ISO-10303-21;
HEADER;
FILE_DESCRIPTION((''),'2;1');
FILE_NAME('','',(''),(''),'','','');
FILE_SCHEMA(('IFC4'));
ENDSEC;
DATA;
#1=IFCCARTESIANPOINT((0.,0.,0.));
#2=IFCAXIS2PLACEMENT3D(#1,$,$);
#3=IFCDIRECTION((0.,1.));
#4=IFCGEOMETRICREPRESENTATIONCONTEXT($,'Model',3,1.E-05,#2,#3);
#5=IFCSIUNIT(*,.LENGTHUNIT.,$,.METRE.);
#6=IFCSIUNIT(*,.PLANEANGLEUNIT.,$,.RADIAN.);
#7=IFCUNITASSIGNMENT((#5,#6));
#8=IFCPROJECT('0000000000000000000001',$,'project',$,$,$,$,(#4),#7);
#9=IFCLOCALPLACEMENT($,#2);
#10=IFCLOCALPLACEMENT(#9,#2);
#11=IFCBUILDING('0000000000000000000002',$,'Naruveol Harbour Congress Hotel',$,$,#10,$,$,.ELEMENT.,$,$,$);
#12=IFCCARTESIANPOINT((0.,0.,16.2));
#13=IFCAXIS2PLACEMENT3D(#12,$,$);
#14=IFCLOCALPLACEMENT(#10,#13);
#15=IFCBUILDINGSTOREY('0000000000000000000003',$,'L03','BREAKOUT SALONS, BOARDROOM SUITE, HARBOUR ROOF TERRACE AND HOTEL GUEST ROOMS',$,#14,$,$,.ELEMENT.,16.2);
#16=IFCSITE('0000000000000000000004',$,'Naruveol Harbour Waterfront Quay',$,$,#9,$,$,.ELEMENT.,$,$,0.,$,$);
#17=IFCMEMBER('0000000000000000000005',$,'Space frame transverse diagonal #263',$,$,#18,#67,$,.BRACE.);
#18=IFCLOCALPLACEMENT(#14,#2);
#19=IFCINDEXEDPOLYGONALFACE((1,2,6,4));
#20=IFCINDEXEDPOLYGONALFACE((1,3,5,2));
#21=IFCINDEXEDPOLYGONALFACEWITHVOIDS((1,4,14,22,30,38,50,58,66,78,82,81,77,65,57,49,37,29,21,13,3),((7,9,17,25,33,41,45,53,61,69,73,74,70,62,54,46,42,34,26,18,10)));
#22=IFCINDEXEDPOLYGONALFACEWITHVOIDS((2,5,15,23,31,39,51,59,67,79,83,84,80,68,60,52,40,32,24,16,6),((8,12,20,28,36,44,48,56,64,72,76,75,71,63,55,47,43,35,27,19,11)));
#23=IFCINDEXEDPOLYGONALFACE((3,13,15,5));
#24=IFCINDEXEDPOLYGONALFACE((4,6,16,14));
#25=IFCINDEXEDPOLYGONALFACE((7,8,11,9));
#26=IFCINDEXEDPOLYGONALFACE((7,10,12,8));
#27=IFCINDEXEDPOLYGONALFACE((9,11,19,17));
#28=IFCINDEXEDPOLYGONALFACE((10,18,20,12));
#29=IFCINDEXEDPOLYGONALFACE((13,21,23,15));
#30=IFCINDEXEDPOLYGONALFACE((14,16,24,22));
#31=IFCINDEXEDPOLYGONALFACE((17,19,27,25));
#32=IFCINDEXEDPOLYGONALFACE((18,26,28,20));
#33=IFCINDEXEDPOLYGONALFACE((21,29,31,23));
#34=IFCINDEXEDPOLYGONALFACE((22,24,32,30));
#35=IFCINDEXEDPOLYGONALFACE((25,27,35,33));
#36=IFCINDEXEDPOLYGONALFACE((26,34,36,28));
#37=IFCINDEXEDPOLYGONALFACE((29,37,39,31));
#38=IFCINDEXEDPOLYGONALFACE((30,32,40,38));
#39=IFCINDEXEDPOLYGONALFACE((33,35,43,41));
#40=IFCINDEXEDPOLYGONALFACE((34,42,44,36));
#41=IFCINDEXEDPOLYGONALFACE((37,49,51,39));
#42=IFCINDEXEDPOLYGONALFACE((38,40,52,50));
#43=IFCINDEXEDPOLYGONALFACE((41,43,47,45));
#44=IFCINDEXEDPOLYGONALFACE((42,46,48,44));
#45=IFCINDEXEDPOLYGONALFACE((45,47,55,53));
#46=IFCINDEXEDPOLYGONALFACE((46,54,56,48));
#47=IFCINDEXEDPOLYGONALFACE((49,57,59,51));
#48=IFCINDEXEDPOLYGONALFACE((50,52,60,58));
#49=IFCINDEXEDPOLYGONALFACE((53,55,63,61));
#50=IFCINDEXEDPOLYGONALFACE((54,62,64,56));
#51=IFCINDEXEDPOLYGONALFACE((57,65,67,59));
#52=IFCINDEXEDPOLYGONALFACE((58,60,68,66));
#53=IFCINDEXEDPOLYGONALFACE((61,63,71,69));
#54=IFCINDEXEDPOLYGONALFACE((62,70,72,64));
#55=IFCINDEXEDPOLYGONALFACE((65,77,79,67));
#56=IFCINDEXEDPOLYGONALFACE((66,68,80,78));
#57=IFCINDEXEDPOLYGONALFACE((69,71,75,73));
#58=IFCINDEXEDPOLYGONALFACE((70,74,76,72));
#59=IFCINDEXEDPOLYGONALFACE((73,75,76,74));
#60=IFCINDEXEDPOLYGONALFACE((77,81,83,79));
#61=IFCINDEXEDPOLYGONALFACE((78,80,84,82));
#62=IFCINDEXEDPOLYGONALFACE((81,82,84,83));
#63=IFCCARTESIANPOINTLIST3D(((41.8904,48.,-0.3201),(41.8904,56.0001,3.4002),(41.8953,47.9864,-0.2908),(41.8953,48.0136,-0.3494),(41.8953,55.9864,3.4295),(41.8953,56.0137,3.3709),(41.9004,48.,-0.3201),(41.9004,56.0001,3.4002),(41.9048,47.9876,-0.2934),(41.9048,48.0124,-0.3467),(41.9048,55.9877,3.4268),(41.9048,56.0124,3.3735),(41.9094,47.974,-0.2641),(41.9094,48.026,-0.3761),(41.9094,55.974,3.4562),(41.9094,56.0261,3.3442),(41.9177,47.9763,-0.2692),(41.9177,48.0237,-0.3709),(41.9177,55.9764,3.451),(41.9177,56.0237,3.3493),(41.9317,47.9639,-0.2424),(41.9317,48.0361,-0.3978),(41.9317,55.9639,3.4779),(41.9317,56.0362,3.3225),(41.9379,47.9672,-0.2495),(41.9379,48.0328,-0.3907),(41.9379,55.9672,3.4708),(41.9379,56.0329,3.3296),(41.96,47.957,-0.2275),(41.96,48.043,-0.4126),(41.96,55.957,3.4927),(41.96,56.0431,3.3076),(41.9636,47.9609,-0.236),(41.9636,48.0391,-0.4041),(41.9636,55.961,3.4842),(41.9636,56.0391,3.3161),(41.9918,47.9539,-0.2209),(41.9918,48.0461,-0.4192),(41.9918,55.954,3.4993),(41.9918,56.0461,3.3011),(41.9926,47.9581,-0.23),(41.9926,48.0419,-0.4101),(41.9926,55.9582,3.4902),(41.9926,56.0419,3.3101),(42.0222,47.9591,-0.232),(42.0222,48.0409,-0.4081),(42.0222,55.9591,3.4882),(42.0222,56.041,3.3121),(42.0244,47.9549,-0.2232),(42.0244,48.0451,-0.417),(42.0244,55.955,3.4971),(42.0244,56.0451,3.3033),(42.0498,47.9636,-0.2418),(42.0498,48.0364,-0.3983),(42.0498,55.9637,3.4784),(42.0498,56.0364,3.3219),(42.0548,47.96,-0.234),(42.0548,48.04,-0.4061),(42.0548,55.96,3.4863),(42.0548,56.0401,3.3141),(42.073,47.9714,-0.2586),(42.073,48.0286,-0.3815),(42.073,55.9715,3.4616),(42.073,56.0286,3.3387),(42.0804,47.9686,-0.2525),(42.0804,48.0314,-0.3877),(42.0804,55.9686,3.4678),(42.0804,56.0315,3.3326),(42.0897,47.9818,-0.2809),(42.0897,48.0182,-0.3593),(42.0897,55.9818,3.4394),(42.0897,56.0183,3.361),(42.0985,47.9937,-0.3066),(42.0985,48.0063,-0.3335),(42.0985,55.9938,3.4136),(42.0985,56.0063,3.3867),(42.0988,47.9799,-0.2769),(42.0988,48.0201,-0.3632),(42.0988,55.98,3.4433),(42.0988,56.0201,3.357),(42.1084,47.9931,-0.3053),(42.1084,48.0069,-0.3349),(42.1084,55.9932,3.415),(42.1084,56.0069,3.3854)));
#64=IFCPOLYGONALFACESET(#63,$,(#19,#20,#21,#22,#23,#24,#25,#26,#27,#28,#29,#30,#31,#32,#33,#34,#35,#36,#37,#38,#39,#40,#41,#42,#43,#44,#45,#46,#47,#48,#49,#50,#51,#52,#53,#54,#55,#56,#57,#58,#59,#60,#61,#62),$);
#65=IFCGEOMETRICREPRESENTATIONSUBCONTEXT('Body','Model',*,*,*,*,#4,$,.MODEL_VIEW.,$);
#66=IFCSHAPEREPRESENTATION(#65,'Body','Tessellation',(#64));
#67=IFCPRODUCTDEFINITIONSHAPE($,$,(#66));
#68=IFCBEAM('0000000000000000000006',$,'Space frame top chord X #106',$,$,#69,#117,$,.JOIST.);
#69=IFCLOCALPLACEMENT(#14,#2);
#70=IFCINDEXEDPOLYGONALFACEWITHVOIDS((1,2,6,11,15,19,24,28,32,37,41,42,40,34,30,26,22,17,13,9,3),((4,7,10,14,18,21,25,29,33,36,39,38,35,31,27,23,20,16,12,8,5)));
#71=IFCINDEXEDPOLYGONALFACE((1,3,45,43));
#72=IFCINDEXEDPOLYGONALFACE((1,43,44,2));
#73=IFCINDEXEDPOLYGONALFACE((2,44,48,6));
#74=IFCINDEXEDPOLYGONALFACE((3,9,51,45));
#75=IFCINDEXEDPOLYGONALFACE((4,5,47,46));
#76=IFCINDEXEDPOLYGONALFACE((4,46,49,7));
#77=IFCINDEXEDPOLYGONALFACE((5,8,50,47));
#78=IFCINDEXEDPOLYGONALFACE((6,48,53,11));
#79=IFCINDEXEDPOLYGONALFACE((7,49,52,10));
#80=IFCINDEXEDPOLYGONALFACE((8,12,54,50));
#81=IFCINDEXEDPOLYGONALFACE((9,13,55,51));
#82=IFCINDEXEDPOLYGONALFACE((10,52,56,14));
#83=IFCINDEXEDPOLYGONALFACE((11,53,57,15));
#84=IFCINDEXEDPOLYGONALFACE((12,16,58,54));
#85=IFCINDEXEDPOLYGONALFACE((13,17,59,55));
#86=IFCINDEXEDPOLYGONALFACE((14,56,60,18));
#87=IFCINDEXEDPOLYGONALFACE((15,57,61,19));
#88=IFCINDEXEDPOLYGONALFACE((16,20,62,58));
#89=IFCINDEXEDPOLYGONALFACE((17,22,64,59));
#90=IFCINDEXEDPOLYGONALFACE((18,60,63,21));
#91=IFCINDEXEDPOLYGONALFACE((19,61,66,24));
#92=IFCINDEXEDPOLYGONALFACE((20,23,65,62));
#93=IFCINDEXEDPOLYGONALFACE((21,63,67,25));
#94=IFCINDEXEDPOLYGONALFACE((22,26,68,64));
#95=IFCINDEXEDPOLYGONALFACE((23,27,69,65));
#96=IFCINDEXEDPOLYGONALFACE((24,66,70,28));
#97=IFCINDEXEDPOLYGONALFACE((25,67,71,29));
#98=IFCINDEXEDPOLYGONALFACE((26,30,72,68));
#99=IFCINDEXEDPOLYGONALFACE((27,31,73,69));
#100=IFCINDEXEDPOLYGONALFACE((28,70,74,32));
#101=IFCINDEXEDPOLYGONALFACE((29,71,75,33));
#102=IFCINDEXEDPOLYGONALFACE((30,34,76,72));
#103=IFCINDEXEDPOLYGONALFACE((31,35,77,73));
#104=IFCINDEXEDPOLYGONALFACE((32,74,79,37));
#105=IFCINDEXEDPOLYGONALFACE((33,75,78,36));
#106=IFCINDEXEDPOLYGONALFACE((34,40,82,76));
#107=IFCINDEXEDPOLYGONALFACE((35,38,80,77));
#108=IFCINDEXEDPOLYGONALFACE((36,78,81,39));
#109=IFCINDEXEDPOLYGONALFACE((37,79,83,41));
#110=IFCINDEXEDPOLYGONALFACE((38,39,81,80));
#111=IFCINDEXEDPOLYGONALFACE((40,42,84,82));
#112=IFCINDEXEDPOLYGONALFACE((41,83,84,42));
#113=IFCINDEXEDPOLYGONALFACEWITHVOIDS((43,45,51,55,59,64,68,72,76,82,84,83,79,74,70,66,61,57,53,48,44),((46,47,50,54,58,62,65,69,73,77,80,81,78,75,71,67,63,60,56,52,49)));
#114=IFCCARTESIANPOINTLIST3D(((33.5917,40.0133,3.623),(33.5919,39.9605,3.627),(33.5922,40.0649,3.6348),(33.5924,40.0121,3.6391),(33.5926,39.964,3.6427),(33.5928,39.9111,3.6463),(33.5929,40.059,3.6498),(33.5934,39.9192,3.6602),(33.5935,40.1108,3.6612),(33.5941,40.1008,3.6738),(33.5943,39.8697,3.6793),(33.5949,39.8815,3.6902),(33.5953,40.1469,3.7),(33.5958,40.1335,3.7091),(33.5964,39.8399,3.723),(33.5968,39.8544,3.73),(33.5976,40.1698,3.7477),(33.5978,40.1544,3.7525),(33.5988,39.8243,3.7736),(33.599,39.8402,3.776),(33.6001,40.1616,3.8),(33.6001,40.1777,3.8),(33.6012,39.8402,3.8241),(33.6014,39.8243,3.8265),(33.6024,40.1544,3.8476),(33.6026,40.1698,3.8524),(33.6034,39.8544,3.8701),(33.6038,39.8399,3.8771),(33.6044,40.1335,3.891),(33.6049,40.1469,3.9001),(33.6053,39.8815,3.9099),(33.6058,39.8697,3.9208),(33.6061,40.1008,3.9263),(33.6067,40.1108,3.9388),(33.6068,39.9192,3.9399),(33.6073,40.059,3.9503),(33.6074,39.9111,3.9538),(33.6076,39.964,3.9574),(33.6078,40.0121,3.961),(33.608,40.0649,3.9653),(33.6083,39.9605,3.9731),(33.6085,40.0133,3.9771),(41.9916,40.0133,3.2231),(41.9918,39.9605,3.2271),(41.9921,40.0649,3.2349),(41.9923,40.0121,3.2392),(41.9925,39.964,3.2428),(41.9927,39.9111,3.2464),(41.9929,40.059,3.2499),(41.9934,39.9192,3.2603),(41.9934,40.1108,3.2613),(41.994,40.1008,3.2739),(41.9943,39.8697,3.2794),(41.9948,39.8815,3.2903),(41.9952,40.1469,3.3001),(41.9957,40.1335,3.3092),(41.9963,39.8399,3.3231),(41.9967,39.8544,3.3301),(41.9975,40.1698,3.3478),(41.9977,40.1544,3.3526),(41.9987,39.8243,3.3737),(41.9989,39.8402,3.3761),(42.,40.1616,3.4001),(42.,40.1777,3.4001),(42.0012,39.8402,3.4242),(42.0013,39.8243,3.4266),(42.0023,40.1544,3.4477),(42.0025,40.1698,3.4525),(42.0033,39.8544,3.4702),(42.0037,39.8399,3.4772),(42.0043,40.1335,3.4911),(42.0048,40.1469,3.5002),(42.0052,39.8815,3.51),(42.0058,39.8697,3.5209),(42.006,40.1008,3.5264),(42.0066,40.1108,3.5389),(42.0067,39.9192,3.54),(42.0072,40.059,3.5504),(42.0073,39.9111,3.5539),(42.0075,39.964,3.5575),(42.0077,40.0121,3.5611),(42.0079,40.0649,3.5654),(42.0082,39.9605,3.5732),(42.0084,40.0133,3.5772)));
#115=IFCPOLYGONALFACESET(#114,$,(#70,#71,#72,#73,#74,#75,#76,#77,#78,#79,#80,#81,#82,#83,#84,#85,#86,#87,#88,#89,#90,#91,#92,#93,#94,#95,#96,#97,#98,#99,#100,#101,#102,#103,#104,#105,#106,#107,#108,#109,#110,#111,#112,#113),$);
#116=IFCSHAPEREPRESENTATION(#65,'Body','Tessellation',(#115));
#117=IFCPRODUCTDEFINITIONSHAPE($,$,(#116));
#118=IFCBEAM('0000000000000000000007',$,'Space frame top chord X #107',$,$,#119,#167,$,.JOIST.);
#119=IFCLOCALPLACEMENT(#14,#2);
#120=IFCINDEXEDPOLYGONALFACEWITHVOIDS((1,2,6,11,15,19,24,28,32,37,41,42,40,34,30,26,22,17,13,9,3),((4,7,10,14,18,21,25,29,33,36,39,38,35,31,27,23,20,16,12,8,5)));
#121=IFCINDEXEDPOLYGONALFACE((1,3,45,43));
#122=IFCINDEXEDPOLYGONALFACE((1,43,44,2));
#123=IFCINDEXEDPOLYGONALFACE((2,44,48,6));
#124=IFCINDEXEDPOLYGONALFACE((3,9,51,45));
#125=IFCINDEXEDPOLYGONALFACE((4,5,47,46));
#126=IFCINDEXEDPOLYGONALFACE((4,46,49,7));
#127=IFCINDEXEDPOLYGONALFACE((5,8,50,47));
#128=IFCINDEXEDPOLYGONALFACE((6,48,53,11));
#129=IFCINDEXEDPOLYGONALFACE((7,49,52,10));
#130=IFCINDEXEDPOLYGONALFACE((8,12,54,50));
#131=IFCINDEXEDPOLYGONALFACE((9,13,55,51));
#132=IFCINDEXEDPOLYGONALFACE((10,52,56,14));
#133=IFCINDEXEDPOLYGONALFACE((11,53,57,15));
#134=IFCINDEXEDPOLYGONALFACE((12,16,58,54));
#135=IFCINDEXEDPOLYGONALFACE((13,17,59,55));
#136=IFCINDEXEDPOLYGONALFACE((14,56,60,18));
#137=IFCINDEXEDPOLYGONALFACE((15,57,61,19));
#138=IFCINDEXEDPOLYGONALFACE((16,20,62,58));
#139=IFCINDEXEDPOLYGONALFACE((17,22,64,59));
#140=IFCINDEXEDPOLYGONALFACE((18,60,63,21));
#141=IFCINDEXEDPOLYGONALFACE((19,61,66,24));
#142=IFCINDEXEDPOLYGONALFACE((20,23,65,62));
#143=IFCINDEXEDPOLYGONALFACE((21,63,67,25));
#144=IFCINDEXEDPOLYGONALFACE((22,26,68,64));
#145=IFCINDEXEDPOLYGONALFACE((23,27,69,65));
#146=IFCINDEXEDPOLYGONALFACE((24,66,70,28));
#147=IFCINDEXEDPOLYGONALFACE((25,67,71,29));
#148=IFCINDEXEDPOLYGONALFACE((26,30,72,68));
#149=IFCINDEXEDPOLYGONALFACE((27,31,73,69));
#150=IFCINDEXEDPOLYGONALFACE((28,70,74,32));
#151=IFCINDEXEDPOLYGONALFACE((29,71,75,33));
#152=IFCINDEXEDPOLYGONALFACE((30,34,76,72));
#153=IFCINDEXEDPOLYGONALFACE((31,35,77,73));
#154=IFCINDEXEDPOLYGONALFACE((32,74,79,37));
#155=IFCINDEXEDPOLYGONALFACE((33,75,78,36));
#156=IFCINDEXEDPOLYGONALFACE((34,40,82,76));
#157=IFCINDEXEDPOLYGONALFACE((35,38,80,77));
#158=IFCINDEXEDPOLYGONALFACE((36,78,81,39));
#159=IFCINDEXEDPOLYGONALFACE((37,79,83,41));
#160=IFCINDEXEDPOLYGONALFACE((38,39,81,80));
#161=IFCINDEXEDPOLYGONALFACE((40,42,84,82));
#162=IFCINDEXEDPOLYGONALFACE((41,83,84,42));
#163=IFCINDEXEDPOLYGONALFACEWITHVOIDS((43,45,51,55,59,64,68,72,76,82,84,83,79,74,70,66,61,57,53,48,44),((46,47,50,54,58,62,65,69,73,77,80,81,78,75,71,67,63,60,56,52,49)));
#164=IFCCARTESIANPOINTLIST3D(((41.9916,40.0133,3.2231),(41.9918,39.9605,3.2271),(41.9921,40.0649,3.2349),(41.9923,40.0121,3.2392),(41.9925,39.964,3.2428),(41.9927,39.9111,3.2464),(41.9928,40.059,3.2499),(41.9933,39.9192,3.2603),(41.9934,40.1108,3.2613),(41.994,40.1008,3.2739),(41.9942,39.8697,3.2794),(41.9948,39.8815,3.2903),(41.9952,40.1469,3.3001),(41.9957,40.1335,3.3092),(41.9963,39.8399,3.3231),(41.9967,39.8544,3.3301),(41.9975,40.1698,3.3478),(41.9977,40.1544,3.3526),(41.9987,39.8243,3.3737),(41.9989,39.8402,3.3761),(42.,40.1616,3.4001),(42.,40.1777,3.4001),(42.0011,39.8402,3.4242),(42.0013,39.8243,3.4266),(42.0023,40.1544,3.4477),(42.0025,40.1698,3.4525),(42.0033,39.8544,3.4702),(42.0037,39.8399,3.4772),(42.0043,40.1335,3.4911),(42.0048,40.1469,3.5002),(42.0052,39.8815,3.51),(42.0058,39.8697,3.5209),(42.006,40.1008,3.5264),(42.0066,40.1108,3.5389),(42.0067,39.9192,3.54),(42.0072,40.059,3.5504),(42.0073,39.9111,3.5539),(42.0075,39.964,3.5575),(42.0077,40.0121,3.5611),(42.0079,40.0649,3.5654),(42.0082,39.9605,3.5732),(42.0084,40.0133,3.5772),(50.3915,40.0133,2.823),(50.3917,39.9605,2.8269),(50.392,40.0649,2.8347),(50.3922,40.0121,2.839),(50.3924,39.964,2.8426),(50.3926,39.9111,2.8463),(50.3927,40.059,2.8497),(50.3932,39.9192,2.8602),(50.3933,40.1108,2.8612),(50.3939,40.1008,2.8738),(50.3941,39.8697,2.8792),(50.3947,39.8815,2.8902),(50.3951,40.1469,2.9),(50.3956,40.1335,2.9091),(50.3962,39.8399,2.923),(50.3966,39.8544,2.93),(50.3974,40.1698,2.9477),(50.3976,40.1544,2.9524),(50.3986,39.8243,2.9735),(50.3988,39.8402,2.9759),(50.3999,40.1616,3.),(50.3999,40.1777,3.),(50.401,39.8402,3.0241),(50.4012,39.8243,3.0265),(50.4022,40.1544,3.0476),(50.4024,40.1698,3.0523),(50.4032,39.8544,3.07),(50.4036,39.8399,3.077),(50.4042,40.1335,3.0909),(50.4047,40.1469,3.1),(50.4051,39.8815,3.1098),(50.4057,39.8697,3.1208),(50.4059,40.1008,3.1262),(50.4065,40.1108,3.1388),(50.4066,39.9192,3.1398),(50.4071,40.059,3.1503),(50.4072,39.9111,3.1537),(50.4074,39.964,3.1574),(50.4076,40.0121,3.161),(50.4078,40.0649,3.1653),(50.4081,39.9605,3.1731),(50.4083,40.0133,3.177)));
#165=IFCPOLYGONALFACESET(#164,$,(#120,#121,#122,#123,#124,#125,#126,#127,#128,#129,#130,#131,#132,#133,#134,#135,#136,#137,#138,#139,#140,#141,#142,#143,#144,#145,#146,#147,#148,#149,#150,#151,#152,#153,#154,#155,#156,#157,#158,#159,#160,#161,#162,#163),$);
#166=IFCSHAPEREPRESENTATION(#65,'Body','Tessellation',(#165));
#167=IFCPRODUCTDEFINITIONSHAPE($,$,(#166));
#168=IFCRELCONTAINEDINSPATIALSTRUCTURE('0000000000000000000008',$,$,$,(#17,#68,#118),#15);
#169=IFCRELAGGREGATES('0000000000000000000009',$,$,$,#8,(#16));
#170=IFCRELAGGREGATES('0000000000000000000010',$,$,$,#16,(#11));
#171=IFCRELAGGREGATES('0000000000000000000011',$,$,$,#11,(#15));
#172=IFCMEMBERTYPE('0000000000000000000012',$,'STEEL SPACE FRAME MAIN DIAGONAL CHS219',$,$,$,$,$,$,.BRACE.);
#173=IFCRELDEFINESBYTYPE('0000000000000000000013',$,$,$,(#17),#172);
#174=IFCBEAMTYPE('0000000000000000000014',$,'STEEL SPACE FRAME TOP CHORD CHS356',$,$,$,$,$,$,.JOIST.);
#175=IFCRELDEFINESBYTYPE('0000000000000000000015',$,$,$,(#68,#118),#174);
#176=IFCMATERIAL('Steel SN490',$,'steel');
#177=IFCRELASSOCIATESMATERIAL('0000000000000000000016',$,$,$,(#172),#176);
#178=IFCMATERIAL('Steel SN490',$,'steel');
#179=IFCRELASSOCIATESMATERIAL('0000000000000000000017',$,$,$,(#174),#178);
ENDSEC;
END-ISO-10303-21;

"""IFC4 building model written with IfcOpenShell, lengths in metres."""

from ifc_helpers import new_model, si_unit, direction, frame, origin, origin_2d, place, context, subcontext, project, spatial, hollow_circle, extrude, material, material_profile, profile_set, type_object, element, save


model = new_model("IFC4")

# Units and contexts
model_context = context("Model", 3, precision=1e-05, world=origin(), true_north=direction((0.0, 1.0)))
body_context = subcontext(model_context, "Body", "Model", "MODEL_VIEW")
ifc_project = project(units=[si_unit("LENGTHUNIT", "METRE"), si_unit("PLANEANGLEUNIT", "RADIAN")], contexts=[model_context])

# Site, building, storey
site_placement = place(None, origin())
site = spatial("IfcSite", under=ifc_project, at=site_placement, Name="Naruveol Harbour Waterfront Quay", CompositionType="ELEMENT", RefElevation=0.0)
building_placement = place(site_placement, origin())
building = spatial("IfcBuilding", under=site, at=building_placement, Name="Naruveol Harbour Congress Hotel", CompositionType="ELEMENT")
storey_placement = place(building_placement, frame((0.0, 0.0, 16.2)))
storey = spatial("IfcBuildingStorey", under=building, at=storey_placement, Name="L03", Description="BREAKOUT SALONS, BOARDROOM SUITE, HARBOUR ROOF TERRACE AND HOTEL GUEST ROOMS", CompositionType="ELEMENT", Elevation=16.2)

# Member
ifc_material_1 = material(Name="Steel SN490", Category="steel")
ifc_material_profile_1 = material_profile(ifc_material_1, hollow_circle(Radius=0.1096, WallThickness=0.01, at=origin_2d()), Name="CHS-219.1x10")
ifc_profile_set_1 = profile_set([ifc_material_profile_1], Name="Steel SN490")
member_type_1 = type_object("IfcMemberType", Name="STEEL SPACE FRAME MAIN DIAGONAL CHS219", PredefinedType="BRACE", material=ifc_profile_set_1)
member_1_placement = place(storey_placement, frame((42.0, 48.0, -0.3201), z_axis=(0.0, 0.906752, 0.421664), x_axis=(-1.0, 0.0, 0.0)))
element("IfcMember", 1, at=member_1_placement, inside=storey, type_object=member_type_1, Name="Space frame transverse diagonal #263", PredefinedType="BRACE", context=body_context, shape_type="SweptSolid", body=[
    extrude(hollow_circle(Radius=0.1096, WallThickness=0.01, at=origin_2d()), origin(), (0.0, 0.0, 1.0), 8.8228),
])

# Beams
ifc_material_2 = material(Name="Steel SN490", Category="steel")
ifc_material_profile_2 = material_profile(ifc_material_2, hollow_circle(Radius=0.1777, WallThickness=0.0161, at=origin_2d()), Name="CHS-355.6x16")
ifc_profile_set_2 = profile_set([ifc_material_profile_2], Name="Steel SN490")
beam_type_1 = type_object("IfcBeamType", Name="STEEL SPACE FRAME TOP CHORD CHS356", PredefinedType="JOIST", material=ifc_profile_set_2)
for number, where, z_axis, x_axis, name in (
    (2, (33.6001, 40.0, 3.8), (0.998869, 0.0, -0.047554), (0.0, 1.0, 0.0), "Space frame top chord X #106"),
    (3, (42.0, 40.0, 3.4001), (0.998867, 0.0, -0.047583), (0.0, 1.0, 0.0), "Space frame top chord X #107"),
):
    element("IfcBeam", number, at=place(storey_placement, frame(where, z_axis=z_axis, x_axis=x_axis)), inside=storey, type_object=beam_type_1, Name=name, PredefinedType="JOIST", context=body_context, shape_type="SweptSolid", body=[
        extrude(hollow_circle(Radius=0.1777, WallThickness=0.0161, at=origin_2d()), origin(), (0.0, 0.0, 1.0), 8.4094),
    ])

save(model, "model.ifc")
